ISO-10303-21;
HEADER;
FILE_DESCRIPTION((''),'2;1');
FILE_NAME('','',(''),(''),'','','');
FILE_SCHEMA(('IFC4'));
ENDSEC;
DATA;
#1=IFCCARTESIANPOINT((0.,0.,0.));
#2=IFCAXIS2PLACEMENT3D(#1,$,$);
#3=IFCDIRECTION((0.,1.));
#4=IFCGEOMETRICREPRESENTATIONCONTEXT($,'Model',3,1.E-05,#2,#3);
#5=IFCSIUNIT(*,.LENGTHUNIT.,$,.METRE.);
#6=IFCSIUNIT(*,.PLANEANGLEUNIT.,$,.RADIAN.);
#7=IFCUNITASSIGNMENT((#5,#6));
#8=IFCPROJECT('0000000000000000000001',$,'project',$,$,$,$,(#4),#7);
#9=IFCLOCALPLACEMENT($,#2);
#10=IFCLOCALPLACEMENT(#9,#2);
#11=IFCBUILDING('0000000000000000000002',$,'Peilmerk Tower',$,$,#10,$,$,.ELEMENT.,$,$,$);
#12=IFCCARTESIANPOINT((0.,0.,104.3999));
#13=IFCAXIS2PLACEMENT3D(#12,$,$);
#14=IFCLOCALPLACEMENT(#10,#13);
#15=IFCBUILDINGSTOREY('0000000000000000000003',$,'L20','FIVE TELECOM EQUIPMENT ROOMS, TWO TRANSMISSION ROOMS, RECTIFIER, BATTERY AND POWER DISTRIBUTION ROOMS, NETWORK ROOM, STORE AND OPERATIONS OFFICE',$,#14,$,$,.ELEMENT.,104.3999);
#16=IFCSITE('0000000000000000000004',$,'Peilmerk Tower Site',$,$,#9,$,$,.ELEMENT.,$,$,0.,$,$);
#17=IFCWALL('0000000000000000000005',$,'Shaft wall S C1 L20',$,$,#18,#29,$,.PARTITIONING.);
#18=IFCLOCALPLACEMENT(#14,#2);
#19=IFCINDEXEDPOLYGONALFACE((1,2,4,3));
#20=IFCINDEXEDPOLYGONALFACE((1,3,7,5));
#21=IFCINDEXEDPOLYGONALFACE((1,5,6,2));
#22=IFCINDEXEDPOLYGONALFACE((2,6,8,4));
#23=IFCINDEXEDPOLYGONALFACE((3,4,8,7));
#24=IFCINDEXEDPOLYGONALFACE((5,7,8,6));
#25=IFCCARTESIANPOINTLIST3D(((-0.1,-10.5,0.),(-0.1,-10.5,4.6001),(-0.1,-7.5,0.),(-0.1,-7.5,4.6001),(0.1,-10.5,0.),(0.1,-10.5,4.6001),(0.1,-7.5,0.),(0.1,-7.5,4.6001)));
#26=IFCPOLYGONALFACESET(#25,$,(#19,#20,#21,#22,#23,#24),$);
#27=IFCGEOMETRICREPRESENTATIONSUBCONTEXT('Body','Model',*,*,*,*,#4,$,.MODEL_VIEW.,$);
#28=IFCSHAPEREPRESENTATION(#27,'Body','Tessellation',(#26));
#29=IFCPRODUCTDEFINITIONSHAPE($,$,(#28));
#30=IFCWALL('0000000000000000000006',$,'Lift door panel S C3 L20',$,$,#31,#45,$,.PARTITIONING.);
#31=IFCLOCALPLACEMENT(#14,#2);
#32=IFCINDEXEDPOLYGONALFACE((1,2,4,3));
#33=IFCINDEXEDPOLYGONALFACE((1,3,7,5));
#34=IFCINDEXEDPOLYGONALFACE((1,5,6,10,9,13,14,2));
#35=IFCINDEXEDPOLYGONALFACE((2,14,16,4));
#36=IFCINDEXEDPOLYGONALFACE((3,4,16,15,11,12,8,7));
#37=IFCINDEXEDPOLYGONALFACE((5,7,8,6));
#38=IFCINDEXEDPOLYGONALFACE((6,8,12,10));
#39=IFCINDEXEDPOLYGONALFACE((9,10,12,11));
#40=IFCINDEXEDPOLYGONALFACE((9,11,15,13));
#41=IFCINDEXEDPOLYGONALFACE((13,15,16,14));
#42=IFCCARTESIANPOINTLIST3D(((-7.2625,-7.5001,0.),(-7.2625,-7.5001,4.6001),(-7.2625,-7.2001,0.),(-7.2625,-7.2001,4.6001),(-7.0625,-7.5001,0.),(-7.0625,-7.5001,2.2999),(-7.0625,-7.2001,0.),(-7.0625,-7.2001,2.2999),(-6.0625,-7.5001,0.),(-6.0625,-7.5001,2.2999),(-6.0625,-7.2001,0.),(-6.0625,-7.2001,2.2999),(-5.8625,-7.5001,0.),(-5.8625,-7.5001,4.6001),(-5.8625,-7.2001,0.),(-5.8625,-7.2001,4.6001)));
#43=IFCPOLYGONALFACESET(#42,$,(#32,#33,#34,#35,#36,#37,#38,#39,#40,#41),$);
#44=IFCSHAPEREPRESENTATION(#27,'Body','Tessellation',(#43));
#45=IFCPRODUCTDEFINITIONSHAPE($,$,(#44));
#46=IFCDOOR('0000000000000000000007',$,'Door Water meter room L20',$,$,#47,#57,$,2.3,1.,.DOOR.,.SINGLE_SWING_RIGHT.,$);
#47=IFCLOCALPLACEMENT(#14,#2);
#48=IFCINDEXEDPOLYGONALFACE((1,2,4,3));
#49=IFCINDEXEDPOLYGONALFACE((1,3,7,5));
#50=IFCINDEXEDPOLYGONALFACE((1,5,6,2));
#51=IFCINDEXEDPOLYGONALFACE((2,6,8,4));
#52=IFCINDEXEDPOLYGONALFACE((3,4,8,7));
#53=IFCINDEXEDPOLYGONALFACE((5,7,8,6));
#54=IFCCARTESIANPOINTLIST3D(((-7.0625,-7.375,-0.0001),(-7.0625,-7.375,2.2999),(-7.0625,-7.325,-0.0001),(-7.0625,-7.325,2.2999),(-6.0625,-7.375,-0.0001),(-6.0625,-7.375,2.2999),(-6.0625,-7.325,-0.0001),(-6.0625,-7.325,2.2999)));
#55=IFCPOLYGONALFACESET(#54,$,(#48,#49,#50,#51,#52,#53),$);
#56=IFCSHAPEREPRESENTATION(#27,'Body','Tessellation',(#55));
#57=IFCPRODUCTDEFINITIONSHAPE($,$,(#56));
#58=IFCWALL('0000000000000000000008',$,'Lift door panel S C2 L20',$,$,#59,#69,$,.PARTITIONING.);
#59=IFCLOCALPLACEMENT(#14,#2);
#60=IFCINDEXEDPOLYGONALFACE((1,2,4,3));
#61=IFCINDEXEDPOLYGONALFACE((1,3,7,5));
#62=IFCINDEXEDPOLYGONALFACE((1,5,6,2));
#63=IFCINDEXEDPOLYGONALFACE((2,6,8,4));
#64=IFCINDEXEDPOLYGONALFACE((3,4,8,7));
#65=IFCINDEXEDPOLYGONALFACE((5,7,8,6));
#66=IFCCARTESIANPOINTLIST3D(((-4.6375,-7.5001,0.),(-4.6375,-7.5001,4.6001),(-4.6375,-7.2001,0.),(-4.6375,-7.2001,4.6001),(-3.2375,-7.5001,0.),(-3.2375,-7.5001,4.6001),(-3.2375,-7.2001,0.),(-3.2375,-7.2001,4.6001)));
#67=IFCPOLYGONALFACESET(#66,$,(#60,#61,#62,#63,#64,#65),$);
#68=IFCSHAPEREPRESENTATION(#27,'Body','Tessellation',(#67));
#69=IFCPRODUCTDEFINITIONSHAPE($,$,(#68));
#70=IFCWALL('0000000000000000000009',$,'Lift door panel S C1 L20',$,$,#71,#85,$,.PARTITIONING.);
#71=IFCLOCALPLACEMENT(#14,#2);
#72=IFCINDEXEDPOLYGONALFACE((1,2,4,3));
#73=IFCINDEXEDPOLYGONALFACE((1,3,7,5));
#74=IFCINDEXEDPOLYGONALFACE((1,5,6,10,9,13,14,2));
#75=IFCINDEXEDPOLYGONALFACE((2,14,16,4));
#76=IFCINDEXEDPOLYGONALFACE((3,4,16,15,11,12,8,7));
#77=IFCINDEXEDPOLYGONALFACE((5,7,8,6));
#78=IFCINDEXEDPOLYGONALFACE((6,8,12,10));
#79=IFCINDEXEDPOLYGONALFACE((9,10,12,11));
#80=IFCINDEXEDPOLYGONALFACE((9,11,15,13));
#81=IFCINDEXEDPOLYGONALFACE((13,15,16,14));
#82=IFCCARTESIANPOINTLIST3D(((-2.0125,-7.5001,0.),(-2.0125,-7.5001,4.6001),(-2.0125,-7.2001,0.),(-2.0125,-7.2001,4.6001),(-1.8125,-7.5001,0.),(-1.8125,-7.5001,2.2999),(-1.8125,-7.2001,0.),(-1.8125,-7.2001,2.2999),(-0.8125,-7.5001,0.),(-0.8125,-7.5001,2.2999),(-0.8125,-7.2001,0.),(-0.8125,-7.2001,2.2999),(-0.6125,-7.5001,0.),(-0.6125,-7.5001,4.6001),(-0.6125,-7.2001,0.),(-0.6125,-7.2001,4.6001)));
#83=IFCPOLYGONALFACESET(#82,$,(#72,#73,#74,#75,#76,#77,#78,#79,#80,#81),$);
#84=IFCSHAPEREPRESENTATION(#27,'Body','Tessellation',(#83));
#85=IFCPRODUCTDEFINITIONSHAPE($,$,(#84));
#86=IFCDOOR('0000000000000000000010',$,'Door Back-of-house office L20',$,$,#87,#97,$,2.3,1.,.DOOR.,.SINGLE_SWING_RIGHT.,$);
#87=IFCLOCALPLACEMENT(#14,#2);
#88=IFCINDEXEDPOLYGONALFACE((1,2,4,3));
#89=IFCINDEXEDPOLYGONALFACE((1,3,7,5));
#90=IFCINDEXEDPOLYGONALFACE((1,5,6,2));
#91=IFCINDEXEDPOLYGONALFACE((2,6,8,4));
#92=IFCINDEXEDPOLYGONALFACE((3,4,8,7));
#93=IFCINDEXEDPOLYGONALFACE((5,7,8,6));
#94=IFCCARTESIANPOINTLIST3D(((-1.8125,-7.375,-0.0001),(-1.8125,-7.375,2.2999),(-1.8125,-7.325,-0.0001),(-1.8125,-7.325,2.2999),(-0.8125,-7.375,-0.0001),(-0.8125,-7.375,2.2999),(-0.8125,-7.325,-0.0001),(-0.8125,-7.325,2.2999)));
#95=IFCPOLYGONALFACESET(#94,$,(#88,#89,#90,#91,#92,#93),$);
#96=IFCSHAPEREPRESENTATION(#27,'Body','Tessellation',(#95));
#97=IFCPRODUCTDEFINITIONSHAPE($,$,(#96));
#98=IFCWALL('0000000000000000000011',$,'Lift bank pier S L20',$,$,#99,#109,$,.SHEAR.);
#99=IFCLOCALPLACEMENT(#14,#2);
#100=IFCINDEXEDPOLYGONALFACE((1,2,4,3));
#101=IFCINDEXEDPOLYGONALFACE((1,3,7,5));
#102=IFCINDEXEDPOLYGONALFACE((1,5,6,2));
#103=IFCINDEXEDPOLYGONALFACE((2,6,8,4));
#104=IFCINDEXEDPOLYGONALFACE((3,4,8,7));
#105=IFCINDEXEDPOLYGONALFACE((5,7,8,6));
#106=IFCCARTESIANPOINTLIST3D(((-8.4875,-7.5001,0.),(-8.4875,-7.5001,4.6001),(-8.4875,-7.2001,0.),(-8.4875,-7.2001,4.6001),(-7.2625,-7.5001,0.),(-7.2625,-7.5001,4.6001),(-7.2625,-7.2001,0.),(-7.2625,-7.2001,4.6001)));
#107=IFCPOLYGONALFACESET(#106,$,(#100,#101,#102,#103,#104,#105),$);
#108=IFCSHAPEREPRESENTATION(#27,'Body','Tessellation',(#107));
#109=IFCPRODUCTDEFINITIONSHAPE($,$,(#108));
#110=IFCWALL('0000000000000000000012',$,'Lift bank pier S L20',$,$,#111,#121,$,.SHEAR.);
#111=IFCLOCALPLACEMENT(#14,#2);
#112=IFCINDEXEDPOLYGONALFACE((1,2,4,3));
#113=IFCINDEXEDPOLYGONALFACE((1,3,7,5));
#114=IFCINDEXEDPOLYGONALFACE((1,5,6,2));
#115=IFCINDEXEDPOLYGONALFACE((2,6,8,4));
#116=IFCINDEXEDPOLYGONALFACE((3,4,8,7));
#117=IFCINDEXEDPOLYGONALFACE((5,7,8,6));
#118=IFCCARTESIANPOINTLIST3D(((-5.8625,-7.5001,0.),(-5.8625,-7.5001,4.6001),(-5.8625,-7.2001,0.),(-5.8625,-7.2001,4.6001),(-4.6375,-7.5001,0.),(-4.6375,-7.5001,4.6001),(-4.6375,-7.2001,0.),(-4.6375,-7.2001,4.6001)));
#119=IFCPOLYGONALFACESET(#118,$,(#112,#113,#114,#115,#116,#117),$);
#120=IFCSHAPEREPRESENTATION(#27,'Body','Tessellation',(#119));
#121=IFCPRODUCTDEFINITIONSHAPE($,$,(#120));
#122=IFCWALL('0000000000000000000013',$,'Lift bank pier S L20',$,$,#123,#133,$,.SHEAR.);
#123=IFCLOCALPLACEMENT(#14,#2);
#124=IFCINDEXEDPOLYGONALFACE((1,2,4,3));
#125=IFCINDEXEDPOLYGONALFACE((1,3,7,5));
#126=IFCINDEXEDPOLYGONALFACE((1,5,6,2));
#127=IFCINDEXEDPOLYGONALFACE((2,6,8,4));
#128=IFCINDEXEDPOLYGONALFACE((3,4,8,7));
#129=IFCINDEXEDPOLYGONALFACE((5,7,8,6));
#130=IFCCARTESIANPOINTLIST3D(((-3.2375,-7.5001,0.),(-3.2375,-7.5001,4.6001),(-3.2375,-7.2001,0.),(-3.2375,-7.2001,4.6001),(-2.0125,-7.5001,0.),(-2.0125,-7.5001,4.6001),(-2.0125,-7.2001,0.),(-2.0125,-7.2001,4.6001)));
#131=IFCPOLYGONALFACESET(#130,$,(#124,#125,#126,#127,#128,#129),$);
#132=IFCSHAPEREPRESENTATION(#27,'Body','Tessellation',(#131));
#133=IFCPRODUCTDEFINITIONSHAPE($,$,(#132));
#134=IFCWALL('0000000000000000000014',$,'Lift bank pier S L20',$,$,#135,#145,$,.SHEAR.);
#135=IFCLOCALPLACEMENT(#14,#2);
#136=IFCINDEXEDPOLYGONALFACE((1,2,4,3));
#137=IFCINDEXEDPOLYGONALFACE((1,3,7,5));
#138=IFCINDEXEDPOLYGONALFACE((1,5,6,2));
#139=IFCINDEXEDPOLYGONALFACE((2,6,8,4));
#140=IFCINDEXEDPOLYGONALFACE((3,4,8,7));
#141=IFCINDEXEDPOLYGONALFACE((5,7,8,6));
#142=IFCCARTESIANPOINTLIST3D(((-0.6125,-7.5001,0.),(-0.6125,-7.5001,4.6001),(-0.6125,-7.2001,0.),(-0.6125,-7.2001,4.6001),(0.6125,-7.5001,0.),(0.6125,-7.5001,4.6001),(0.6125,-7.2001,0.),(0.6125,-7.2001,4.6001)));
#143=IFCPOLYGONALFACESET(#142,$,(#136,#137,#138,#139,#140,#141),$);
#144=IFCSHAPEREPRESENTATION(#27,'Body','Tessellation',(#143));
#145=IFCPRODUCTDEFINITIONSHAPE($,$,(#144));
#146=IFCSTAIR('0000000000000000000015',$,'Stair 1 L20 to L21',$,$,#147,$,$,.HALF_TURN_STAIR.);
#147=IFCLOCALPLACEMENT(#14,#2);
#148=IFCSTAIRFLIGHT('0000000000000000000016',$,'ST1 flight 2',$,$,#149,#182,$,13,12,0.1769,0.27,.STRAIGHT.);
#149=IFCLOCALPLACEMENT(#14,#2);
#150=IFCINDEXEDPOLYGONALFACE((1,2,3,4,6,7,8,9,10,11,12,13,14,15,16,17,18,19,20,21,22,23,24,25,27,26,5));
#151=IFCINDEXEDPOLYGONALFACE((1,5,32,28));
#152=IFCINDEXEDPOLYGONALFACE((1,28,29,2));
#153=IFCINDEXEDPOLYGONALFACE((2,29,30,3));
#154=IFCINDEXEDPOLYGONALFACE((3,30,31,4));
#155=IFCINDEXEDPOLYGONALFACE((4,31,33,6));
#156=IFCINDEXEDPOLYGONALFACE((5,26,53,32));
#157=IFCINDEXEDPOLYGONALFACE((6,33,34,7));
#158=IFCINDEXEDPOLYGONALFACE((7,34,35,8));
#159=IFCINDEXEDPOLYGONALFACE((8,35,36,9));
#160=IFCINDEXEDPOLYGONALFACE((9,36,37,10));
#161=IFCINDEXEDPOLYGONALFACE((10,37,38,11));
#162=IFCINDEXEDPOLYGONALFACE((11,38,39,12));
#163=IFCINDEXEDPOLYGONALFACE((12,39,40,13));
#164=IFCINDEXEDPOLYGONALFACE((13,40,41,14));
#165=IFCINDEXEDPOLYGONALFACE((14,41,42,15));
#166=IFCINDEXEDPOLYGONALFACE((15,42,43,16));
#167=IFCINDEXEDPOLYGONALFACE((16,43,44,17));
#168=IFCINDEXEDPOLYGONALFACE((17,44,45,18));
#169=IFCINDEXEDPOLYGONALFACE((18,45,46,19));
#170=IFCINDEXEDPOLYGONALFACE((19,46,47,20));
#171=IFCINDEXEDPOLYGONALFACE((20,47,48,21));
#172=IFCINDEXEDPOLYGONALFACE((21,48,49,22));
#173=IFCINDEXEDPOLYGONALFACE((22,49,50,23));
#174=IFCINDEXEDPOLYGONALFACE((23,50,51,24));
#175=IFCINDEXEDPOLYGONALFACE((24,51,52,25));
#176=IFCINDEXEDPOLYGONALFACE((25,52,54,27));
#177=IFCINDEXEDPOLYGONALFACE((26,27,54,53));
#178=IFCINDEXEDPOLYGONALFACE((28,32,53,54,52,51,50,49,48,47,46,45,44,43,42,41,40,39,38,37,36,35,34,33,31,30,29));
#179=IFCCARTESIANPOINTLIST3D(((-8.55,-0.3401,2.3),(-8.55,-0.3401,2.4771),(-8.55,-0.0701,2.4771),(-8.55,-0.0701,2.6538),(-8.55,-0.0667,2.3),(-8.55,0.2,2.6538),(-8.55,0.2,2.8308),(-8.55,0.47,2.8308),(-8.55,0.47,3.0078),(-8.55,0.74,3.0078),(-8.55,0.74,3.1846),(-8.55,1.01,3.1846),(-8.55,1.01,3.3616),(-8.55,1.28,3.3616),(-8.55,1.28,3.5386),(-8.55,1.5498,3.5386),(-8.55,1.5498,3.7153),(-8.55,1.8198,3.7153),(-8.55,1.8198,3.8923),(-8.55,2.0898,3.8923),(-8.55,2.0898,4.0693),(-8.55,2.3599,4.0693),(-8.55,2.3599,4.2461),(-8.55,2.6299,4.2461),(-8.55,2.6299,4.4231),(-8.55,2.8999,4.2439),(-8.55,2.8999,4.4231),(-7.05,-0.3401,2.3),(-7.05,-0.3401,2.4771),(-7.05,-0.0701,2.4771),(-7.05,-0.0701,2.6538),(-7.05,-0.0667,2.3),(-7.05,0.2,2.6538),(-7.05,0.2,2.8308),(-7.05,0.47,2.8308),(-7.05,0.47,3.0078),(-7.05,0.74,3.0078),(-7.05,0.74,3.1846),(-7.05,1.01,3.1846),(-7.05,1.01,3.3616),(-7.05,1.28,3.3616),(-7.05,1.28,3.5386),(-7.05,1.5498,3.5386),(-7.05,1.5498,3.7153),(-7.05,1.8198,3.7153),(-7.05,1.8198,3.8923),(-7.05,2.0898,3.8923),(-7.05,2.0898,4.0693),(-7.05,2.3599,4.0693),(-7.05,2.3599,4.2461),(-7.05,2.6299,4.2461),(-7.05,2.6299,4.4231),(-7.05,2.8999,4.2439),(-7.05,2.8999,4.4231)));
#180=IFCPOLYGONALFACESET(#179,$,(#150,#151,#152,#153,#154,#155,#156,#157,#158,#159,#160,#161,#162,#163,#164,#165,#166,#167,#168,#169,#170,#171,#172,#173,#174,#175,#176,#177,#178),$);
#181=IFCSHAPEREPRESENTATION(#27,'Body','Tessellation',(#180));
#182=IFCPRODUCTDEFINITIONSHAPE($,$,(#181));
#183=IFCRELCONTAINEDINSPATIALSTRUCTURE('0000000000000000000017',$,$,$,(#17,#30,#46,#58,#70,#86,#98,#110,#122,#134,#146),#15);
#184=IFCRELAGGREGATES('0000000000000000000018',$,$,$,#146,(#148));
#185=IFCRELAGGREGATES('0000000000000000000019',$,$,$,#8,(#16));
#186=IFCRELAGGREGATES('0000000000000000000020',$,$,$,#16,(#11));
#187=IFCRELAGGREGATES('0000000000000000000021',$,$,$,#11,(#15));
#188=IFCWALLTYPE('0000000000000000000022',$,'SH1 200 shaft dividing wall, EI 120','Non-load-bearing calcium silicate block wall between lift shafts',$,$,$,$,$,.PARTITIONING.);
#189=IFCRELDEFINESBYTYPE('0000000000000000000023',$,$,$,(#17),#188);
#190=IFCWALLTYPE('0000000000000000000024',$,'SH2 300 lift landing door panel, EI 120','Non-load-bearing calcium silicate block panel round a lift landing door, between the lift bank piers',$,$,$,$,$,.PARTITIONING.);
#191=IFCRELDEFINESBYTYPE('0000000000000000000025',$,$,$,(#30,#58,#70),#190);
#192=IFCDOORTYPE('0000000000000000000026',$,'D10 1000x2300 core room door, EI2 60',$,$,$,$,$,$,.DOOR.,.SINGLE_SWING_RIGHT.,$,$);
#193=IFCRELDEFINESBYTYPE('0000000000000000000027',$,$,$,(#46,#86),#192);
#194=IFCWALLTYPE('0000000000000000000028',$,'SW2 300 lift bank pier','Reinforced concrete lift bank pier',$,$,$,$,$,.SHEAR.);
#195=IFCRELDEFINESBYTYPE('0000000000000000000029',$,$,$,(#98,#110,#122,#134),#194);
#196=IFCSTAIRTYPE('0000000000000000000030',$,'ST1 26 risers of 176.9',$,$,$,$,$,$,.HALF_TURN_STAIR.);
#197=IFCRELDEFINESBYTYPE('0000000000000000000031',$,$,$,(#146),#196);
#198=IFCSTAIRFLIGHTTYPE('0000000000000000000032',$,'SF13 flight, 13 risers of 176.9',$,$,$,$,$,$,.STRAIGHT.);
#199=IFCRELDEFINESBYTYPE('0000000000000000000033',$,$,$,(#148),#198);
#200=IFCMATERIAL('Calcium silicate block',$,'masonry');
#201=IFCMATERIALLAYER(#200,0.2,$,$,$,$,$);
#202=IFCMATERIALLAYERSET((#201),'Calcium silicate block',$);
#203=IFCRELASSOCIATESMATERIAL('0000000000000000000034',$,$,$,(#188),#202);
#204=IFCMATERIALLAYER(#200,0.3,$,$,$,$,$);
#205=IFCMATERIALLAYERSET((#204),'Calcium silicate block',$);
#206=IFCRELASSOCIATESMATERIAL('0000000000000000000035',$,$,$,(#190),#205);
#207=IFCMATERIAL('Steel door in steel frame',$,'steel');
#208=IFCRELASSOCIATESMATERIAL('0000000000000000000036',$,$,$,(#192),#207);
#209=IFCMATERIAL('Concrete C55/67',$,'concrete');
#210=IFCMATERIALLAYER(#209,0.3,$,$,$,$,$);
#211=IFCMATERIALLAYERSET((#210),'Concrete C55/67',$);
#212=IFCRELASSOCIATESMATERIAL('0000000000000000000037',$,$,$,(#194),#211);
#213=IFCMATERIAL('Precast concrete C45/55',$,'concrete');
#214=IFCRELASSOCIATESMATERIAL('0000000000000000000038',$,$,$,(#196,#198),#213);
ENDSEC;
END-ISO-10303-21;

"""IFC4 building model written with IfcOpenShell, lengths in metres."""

from ifc_helpers import new_model, si_unit, direction, frame, frame_2d, origin, place, context, subcontext, project, spatial, polyline, rectangle, outline, extrude, material, layer, layer_set, type_object, element, fill, aggregate, save


model = new_model("IFC4")

# Units and contexts
model_context = context("Model", 3, precision=1e-05, world=origin(), true_north=direction((0.0, 1.0)))
body_context = subcontext(model_context, "Body", "Model", "MODEL_VIEW")
ifc_project = project(units=[si_unit("LENGTHUNIT", "METRE"), si_unit("PLANEANGLEUNIT", "RADIAN")], contexts=[model_context])

# Site, building, storey
site_placement = place(None, origin())
site = spatial("IfcSite", under=ifc_project, at=site_placement, Name="Peilmerk Tower Site", CompositionType="ELEMENT", RefElevation=0.0)
building_placement = place(site_placement, origin())
building = spatial("IfcBuilding", under=site, at=building_placement, Name="Peilmerk Tower", CompositionType="ELEMENT")
storey_placement = place(building_placement, frame((0.0, 0.0, 104.3999)))
storey = spatial("IfcBuildingStorey", under=building, at=storey_placement, Name="L20", Description="FIVE TELECOM EQUIPMENT ROOMS, TWO TRANSMISSION ROOMS, RECTIFIER, BATTERY AND POWER DISTRIBUTION ROOMS, NETWORK ROOM, STORE AND OPERATIONS OFFICE", CompositionType="ELEMENT", Elevation=104.3999)

# Wall
ifc_material_1 = material(Name="Calcium silicate block", Category="masonry")
ifc_layer_1 = layer(ifc_material_1, 0.2)
ifc_layer_set_1 = layer_set([ifc_layer_1], Name="Calcium silicate block")
wall_type_1 = type_object("IfcWallType", Name="SH1 200 shaft dividing wall, EI 120", Description="Non-load-bearing calcium silicate block wall between lift shafts", PredefinedType="PARTITIONING", material=ifc_layer_set_1)
for number, where, z_axis, x_axis, name in (
    (1, (0.0, -10.5, 0.0), (0.0, 0.0, 1.0), (0.0, 1.0, 0.0), "Shaft wall S C1 L20"),
):
    element("IfcWall", number, at=place(storey_placement, frame(where, z_axis=z_axis, x_axis=x_axis)), inside=storey, type_object=wall_type_1, Name=name, PredefinedType="PARTITIONING", context=body_context, shape_type="SweptSolid", body=[
        extrude(rectangle(XDim=3.0, YDim=0.2, at=frame_2d((1.5, 0.0))), origin(), (0.0, 0.0, 1.0), 4.6001),
    ])

# Wall, opening, door
ifc_layer_2 = layer(ifc_material_1, 0.3)
ifc_layer_set_2 = layer_set([ifc_layer_2], Name="Calcium silicate block")
wall_type_2 = type_object("IfcWallType", Name="SH2 300 lift landing door panel, EI 120", Description="Non-load-bearing calcium silicate block panel round a lift landing door, between the lift bank piers", PredefinedType="PARTITIONING", material=ifc_layer_set_2)
wall_1_placement = place(storey_placement, frame((-7.2625, -7.3501, 0.0), z_axis=(0.0, 0.0, 1.0), x_axis=(1.0, 0.0, 0.0)))
wall_1 = element("IfcWall", 2, at=wall_1_placement, inside=storey, type_object=wall_type_2, Name="Lift door panel S C3 L20", PredefinedType="PARTITIONING", context=body_context, shape_type="SweptSolid", body=[
    extrude(rectangle(XDim=1.3999, YDim=0.3, at=frame_2d((0.7, 0.0))), origin(), (0.0, 0.0, 1.0), 4.6001),
])
opening_1_placement = place(wall_1_placement, frame((0.2, 0.0, 0.0)))
opening_1 = element("IfcOpeningElement", 3, at=opening_1_placement, cuts=wall_1, PredefinedType="OPENING", context=body_context, shape_type="SweptSolid", body=[
    extrude(rectangle(XDim=1.0, YDim=2.3, at=frame_2d((0.5, 1.1499))), frame((0.0, 0.1599, 0.0), z_axis=(0.0, -1.0, 0.0), x_axis=(1.0, 0.0, 0.0)), (0.0, 0.0, 1.0), 0.3201),
])
ifc_material_2 = material(Name="Steel door in steel frame", Category="steel")
door_type = type_object("IfcDoorType", Name="D10 1000x2300 core room door, EI2 60", OperationType="SINGLE_SWING_RIGHT", PredefinedType="DOOR", material=ifc_material_2)
door_1_placement = place(opening_1_placement, frame((1.0, 0.0, 0.0), z_axis=(0.0, 0.0, 1.0), x_axis=(-1.0, 0.0, 0.0)))
door_1 = element("IfcDoor", 4, at=door_1_placement, inside=storey, type_object=door_type, Name="Door Water meter room L20", OperationType="SINGLE_SWING_RIGHT", OverallHeight=2.3, OverallWidth=1.0, PredefinedType="DOOR", context=body_context, shape_type="SweptSolid", body=[
    extrude(rectangle(XDim=1.0, YDim=2.3, at=frame_2d((0.5, 1.1499))), frame((0.0, 0.0249, 0.0), z_axis=(0.0, -1.0, 0.0), x_axis=(1.0, 0.0, 0.0)), (0.0, 0.0, 1.0), 0.05),
])
fill(opening_1, door_1)

# Wall
wall_2_placement = place(storey_placement, frame((-4.6375, -7.3501, 0.0), z_axis=(0.0, 0.0, 1.0), x_axis=(1.0, 0.0, 0.0)))
element("IfcWall", 5, at=wall_2_placement, inside=storey, type_object=wall_type_2, Name="Lift door panel S C2 L20", PredefinedType="PARTITIONING", context=body_context, shape_type="SweptSolid", body=[
    extrude(rectangle(XDim=1.3999, YDim=0.3, at=frame_2d((0.7, 0.0))), origin(), (0.0, 0.0, 1.0), 4.6001),
])

# Wall, opening, door
wall_3_placement = place(storey_placement, frame((-2.0125, -7.3501, 0.0), z_axis=(0.0, 0.0, 1.0), x_axis=(1.0, 0.0, 0.0)))
wall_3 = element("IfcWall", 6, at=wall_3_placement, inside=storey, type_object=wall_type_2, Name="Lift door panel S C1 L20", PredefinedType="PARTITIONING", context=body_context, shape_type="SweptSolid", body=[
    extrude(rectangle(XDim=1.3999, YDim=0.3, at=frame_2d((0.7, 0.0))), origin(), (0.0, 0.0, 1.0), 4.6001),
])
opening_2_placement = place(wall_3_placement, frame((0.2, 0.0, 0.0)))
opening_2 = element("IfcOpeningElement", 7, at=opening_2_placement, cuts=wall_3, PredefinedType="OPENING", context=body_context, shape_type="SweptSolid", body=[
    extrude(rectangle(XDim=1.0, YDim=2.3, at=frame_2d((0.5, 1.1499))), frame((0.0, 0.1599, 0.0), z_axis=(0.0, -1.0, 0.0), x_axis=(1.0, 0.0, 0.0)), (0.0, 0.0, 1.0), 0.3201),
])
door_2_placement = place(opening_2_placement, frame((1.0, 0.0, 0.0), z_axis=(0.0, 0.0, 1.0), x_axis=(-1.0, 0.0, 0.0)))
door_2 = element("IfcDoor", 8, at=door_2_placement, inside=storey, type_object=door_type, Name="Door Back-of-house office L20", OperationType="SINGLE_SWING_RIGHT", OverallHeight=2.3, OverallWidth=1.0, PredefinedType="DOOR", context=body_context, shape_type="SweptSolid", body=[
    extrude(rectangle(XDim=1.0, YDim=2.3, at=frame_2d((0.5, 1.1499))), frame((0.0, 0.0249, 0.0), z_axis=(0.0, -1.0, 0.0), x_axis=(1.0, 0.0, 0.0)), (0.0, 0.0, 1.0), 0.05),
])
fill(opening_2, door_2)

# Walls
ifc_material_3 = material(Name="Concrete C55/67", Category="concrete")
ifc_layer_3 = layer(ifc_material_3, 0.3)
ifc_layer_set_3 = layer_set([ifc_layer_3], Name="Concrete C55/67")
wall_type_3 = type_object("IfcWallType", Name="SW2 300 lift bank pier", Description="Reinforced concrete lift bank pier", PredefinedType="SHEAR", material=ifc_layer_set_3)
for number, where, z_axis, x_axis, name in (
    (9, (-8.4875, -7.3501, 0.0), (0.0, 0.0, 1.0), (1.0, 0.0, 0.0), "Lift bank pier S L20"),
    (10, (-5.8625, -7.3501, 0.0), (0.0, 0.0, 1.0), (1.0, 0.0, 0.0), "Lift bank pier S L20"),
    (11, (-3.2375, -7.3501, 0.0), (0.0, 0.0, 1.0), (1.0, 0.0, 0.0), "Lift bank pier S L20"),
    (12, (-0.6125, -7.3501, 0.0), (0.0, 0.0, 1.0), (1.0, 0.0, 0.0), "Lift bank pier S L20"),
):
    element("IfcWall", number, at=place(storey_placement, frame(where, z_axis=z_axis, x_axis=x_axis)), inside=storey, type_object=wall_type_3, Name=name, PredefinedType="SHEAR", context=body_context, shape_type="SweptSolid", body=[
        extrude(rectangle(XDim=1.2251, YDim=0.3, at=frame_2d((0.6125, 0.0))), origin(), (0.0, 0.0, 1.0), 4.6001),
    ])

# Stair, stair flight
ifc_material_4 = material(Name="Precast concrete C45/55", Category="concrete")
stair_type = type_object("IfcStairType", Name="ST1 26 risers of 176.9", PredefinedType="HALF_TURN_STAIR", material=ifc_material_4)
stair_placement = place(storey_placement, origin())
stair = element("IfcStair", 13, at=stair_placement, inside=storey, type_object=stair_type, Name="Stair 1 L20 to L21", PredefinedType="HALF_TURN_STAIR")
stair_flight_type = type_object("IfcStairFlightType", Name="SF13 flight, 13 risers of 176.9", PredefinedType="STRAIGHT", material=ifc_material_4)
stair_flight_placement = place(storey_placement, frame((-7.8, -0.3401, 2.3), z_axis=(0.0, 0.0, 1.0), x_axis=(0.0, 1.0, 0.0)))
stair_flight = element("IfcStairFlight", 14, at=stair_flight_placement, type_object=stair_flight_type, Name="ST1 flight 2", NumberOfRisers=13, NumberOfTreads=12, PredefinedType="STRAIGHT", RiserHeight=0.1769, TreadLength=0.27, context=body_context, shape_type="SweptSolid", body=[
    extrude(outline(polyline([(0.0, 0.0), (0.0, 0.177), (0.27, 0.177), (0.27, 0.3538), (0.54, 0.3538), (0.54, 0.5308), (0.8101, 0.5308), (0.8101, 0.7078), (1.0801, 0.7078), (1.0801, 0.8845), (1.3501, 0.8845), (1.3501, 1.0615), (1.6201, 1.0615), (1.6201, 1.2385), (1.8899, 1.2385), (1.8899, 1.4153), (2.1599, 1.4153), (2.1599, 1.5923), (2.4299, 1.5923), (2.4299, 1.7693), (2.7, 1.7693), (2.7, 1.946), (2.97, 1.946), (2.97, 2.123), (3.24, 2.123), (3.24, 2.3), (3.24, 1.9438), (0.2734, 0.0), (0.0, 0.0)])), frame((0.0, 0.75, 0.0), z_axis=(0.0, -1.0, 0.0), x_axis=(1.0, 0.0, 0.0)), (0.0, 0.0, 1.0), 1.5),
])
aggregate(stair, [stair_flight])

save(model, "model.ifc")
